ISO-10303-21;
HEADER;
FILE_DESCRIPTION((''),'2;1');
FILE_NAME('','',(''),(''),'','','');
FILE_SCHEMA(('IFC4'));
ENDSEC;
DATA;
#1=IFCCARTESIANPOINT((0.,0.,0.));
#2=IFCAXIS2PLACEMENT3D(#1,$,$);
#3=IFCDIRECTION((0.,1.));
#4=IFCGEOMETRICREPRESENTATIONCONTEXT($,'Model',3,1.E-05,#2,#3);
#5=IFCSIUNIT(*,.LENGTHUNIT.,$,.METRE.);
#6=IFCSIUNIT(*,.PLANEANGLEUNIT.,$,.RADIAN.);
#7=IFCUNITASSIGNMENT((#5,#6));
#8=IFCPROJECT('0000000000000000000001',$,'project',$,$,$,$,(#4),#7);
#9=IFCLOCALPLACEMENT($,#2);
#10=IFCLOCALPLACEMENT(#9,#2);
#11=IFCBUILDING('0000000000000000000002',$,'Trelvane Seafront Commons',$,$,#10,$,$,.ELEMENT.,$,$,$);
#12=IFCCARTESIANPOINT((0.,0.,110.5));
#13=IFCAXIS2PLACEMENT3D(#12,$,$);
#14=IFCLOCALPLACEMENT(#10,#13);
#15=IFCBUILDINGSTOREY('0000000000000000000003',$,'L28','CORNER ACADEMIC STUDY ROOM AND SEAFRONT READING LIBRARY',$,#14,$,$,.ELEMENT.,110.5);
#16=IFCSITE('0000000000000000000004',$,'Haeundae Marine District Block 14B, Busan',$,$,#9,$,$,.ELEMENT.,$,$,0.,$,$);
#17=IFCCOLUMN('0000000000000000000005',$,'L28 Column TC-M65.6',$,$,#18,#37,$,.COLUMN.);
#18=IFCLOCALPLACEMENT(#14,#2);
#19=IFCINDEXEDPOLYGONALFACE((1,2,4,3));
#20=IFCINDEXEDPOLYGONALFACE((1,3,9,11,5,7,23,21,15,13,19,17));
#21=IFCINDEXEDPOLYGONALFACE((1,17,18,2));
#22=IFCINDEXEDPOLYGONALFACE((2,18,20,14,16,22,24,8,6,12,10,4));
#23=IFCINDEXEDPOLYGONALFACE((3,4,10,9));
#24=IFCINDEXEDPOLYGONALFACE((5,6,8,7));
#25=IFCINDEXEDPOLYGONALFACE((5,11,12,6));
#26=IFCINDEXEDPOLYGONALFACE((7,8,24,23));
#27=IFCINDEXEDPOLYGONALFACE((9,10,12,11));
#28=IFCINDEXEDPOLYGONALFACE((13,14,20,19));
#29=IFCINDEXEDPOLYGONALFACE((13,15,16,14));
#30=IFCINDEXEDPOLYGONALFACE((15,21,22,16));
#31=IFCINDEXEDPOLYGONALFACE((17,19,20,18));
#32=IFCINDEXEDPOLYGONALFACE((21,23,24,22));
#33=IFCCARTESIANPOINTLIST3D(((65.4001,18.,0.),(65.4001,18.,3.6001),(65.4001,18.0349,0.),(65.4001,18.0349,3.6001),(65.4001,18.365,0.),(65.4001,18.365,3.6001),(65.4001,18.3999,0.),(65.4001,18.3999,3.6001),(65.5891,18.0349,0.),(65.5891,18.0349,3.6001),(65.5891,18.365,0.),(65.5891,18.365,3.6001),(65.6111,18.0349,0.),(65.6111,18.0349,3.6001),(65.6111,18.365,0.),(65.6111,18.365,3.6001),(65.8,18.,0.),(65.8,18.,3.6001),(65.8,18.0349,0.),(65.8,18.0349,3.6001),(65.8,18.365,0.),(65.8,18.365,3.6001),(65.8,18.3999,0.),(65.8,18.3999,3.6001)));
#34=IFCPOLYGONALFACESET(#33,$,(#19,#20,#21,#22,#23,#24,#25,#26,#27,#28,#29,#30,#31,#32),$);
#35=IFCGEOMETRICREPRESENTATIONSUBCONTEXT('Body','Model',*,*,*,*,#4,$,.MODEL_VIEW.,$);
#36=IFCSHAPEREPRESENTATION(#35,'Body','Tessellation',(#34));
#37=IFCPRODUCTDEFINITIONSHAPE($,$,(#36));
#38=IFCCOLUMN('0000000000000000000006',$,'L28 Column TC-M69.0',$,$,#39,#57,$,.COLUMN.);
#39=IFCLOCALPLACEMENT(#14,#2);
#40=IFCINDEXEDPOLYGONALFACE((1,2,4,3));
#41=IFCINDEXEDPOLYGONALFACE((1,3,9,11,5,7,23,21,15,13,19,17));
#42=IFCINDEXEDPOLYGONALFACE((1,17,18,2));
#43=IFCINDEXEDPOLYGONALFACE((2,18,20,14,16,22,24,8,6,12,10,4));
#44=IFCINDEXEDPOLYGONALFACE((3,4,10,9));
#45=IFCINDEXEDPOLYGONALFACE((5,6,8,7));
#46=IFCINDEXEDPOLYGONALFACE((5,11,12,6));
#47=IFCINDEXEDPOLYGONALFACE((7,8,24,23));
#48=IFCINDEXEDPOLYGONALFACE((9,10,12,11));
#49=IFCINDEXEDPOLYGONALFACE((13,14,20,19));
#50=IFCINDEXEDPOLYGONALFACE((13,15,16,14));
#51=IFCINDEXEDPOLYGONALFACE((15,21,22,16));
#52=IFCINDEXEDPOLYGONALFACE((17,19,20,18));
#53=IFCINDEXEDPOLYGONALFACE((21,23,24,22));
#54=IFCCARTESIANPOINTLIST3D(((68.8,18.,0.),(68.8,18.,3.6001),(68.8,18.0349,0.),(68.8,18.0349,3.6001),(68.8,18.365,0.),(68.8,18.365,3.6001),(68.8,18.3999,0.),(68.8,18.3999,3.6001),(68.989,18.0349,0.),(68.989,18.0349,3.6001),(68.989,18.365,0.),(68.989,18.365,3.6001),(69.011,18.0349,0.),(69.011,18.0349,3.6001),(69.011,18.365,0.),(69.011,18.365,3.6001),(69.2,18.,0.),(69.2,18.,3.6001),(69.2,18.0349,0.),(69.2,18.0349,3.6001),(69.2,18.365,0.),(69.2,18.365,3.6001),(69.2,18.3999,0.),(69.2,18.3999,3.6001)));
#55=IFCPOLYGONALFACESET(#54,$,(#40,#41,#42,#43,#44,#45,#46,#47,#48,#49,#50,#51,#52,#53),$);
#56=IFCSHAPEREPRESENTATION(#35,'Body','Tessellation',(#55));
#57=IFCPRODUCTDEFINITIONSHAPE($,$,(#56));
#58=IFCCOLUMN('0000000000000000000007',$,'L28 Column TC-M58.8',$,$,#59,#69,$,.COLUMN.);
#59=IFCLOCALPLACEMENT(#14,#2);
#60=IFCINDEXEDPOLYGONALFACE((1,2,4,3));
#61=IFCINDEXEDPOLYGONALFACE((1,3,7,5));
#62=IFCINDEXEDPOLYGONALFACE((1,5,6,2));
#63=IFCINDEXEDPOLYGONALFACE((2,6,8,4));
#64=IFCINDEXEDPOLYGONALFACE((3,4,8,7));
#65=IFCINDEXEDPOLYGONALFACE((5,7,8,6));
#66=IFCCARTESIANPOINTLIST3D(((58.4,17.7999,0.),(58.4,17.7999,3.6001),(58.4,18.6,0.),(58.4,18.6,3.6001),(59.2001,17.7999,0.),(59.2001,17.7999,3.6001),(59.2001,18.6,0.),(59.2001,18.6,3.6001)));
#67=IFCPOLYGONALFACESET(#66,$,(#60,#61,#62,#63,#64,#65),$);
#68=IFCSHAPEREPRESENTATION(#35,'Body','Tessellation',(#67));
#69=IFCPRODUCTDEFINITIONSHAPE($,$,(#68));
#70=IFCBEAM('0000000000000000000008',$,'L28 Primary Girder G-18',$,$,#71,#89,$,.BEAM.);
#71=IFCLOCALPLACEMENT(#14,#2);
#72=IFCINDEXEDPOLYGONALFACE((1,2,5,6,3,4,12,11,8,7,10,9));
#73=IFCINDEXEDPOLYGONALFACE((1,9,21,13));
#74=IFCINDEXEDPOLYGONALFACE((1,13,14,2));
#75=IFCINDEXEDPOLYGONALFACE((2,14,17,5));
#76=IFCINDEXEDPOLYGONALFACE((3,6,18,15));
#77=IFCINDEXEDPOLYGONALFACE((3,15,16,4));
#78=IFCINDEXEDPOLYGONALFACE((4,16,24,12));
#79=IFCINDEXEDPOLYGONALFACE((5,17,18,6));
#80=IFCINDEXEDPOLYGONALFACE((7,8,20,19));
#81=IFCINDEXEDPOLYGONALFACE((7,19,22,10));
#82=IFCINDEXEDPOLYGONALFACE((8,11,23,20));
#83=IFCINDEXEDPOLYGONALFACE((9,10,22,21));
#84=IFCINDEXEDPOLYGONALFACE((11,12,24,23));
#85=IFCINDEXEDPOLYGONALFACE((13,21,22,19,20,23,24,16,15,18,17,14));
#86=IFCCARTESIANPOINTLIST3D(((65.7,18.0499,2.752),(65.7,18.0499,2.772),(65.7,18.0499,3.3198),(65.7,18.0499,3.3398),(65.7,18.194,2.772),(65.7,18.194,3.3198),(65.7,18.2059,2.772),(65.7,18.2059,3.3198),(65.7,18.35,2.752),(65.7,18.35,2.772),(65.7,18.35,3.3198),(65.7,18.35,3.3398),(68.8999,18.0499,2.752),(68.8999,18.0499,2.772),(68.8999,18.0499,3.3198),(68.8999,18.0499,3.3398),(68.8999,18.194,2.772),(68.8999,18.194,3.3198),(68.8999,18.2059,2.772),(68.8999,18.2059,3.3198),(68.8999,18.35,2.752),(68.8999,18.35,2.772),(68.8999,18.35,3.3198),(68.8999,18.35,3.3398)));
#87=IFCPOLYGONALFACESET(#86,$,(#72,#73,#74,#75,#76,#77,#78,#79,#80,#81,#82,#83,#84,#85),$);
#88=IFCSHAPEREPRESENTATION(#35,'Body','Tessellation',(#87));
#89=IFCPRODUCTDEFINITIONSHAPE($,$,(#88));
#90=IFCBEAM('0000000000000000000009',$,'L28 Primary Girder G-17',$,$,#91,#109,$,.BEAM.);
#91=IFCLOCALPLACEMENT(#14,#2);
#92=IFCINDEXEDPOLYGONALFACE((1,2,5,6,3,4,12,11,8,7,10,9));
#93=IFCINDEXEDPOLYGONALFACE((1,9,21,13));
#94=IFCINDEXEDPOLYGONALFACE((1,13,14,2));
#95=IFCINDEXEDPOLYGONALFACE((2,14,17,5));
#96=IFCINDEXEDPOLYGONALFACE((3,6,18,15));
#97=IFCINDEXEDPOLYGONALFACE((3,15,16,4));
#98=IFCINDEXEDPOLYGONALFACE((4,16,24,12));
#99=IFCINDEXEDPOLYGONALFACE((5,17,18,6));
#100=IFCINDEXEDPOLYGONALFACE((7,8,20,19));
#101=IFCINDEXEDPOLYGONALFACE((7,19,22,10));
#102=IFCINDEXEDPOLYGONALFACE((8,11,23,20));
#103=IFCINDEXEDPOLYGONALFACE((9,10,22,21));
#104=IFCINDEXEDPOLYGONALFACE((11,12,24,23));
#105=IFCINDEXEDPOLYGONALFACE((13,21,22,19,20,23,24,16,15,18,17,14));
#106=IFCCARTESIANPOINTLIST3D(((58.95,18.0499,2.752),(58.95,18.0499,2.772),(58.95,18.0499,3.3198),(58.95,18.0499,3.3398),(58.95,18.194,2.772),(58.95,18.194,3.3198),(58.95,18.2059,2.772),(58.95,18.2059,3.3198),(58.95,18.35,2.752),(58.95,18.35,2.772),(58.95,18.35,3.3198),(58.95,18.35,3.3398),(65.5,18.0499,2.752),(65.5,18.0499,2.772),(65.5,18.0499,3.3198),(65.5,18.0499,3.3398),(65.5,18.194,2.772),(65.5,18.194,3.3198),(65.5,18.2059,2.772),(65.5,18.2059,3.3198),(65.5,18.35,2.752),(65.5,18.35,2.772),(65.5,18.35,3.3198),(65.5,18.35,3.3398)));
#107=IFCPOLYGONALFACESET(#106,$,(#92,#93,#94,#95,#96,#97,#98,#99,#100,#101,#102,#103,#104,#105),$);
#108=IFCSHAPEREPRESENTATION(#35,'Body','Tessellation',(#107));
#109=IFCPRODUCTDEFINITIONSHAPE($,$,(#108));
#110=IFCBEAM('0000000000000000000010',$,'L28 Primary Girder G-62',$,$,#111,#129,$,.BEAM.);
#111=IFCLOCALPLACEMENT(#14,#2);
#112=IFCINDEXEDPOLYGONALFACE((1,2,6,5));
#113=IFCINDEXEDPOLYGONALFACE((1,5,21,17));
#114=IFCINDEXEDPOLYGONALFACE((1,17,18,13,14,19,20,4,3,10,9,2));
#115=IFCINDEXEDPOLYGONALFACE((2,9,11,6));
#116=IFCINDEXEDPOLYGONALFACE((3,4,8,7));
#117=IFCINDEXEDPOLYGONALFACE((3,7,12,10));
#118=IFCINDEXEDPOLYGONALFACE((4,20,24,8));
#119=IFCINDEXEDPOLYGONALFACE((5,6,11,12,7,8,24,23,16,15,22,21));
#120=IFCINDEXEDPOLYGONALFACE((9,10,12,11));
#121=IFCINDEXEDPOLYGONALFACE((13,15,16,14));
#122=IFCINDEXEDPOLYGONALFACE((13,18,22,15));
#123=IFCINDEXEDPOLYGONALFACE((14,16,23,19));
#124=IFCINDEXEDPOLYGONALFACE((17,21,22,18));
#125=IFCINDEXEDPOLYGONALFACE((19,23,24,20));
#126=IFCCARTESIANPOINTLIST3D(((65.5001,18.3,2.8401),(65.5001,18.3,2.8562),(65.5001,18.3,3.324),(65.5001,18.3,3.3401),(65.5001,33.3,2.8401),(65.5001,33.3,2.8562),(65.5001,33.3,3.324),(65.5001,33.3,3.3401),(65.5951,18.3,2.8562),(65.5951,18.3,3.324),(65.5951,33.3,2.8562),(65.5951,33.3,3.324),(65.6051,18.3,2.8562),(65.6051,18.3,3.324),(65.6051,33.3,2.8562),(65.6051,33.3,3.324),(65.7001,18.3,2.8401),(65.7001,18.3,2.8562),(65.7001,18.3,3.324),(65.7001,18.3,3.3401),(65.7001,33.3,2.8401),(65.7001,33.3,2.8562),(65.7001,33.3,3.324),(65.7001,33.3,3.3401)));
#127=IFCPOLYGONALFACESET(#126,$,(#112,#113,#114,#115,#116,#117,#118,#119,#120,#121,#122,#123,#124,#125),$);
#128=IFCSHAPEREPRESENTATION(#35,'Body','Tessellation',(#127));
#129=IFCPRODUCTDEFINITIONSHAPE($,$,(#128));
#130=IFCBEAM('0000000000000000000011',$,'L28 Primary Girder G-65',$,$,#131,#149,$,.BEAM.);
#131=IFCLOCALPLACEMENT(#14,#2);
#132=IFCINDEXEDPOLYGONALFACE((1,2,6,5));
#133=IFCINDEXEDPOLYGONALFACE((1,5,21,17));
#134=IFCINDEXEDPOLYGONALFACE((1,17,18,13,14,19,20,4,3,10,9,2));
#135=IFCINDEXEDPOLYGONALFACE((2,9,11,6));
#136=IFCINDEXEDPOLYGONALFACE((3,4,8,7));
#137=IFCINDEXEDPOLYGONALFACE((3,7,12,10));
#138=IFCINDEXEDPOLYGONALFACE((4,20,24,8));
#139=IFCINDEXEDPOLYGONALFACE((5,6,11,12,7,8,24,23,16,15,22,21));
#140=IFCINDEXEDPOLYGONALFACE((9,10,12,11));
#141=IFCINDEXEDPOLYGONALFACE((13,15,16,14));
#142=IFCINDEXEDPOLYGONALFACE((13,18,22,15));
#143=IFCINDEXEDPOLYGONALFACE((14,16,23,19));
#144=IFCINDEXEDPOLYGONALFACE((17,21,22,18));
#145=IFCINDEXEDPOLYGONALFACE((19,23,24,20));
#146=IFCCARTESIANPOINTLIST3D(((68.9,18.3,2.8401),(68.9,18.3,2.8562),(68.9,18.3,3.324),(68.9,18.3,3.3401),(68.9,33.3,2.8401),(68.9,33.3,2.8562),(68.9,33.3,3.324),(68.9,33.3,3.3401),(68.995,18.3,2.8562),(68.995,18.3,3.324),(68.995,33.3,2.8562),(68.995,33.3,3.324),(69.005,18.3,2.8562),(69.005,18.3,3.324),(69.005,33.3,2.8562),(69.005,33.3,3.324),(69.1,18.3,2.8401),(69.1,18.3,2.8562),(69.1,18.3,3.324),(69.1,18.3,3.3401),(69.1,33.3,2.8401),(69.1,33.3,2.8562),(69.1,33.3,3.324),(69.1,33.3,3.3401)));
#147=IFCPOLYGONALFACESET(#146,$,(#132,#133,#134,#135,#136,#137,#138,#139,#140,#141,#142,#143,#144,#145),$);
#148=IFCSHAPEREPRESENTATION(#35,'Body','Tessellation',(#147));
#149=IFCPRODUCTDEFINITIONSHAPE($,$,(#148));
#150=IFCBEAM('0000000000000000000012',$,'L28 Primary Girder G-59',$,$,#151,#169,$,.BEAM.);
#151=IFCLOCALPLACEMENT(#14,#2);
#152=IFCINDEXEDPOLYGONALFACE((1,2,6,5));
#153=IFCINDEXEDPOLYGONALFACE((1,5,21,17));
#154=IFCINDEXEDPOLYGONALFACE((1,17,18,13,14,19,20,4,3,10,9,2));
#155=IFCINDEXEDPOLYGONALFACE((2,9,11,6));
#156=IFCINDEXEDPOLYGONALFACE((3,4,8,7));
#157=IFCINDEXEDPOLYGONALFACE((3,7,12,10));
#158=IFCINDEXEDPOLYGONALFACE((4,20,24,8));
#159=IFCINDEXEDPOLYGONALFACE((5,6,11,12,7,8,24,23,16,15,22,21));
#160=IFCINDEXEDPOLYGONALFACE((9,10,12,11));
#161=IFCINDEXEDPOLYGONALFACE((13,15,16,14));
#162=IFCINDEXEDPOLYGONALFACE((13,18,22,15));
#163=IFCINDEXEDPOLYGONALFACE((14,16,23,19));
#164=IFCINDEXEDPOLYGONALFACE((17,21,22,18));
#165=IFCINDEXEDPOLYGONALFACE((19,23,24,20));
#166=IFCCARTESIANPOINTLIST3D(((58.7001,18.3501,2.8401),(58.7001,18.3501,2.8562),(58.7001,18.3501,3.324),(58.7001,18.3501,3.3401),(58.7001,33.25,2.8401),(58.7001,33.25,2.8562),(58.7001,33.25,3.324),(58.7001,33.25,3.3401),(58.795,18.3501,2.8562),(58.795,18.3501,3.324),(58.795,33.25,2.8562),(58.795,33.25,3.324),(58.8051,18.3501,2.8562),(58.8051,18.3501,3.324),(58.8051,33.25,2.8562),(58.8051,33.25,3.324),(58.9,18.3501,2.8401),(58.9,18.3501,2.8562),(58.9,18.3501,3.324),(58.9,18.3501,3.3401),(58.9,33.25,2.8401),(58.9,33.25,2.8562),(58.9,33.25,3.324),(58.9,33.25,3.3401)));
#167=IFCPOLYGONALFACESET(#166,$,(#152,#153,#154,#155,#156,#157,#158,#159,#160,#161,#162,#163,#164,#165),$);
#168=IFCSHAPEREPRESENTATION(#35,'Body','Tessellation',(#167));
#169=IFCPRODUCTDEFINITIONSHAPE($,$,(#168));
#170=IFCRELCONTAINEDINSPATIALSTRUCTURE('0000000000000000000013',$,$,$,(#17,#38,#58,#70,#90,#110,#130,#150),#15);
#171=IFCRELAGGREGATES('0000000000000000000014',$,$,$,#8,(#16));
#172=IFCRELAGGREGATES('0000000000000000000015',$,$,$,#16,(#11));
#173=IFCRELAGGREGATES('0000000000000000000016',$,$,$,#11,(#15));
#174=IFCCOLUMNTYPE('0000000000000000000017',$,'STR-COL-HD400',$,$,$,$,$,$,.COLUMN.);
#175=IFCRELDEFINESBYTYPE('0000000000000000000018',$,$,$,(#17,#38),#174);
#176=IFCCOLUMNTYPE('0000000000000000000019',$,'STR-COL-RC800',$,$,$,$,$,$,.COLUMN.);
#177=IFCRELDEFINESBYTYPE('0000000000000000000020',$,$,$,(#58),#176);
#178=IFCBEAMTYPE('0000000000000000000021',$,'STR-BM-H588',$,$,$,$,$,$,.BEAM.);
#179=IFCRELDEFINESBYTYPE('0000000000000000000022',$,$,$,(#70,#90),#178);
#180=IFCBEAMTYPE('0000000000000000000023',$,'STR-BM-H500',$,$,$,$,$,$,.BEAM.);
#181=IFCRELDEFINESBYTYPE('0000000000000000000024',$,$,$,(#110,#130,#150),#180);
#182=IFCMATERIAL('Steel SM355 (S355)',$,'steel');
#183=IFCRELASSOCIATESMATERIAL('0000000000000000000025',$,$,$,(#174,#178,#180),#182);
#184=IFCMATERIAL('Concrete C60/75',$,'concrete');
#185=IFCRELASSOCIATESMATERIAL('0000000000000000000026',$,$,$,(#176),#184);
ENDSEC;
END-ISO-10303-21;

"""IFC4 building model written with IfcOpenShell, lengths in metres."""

from ifc_helpers import new_model, si_unit, direction, frame, origin, origin_2d, place, context, subcontext, project, spatial, rectangle, i_section, extrude, source, transform, mapped, material, material_profile, profile_set, type_object, element, save


model = new_model("IFC4")

# Units and contexts
model_context = context("Model", 3, precision=1e-05, world=origin(), true_north=direction((0.0, 1.0)))
body_context = subcontext(model_context, "Body", "Model", "MODEL_VIEW")
ifc_project = project(units=[si_unit("LENGTHUNIT", "METRE"), si_unit("PLANEANGLEUNIT", "RADIAN")], contexts=[model_context])

# Site, building, storey
site_placement = place(None, origin())
site = spatial("IfcSite", under=ifc_project, at=site_placement, Name="Haeundae Marine District Block 14B, Busan", CompositionType="ELEMENT", RefElevation=0.0)
building_placement = place(site_placement, origin())
building = spatial("IfcBuilding", under=site, at=building_placement, Name="Trelvane Seafront Commons", CompositionType="ELEMENT")
storey_placement = place(building_placement, frame((0.0, 0.0, 110.5)))
storey = spatial("IfcBuildingStorey", under=building, at=storey_placement, Name="L28", Description="CORNER ACADEMIC STUDY ROOM AND SEAFRONT READING LIBRARY", CompositionType="ELEMENT", Elevation=110.5)

# Columns
ifc_material_1 = material(Name="Steel SM355 (S355)", Category="steel")
ifc_material_profile_1 = material_profile(ifc_material_1, i_section(OverallWidth=0.3999, OverallDepth=0.3999, WebThickness=0.022, FlangeThickness=0.0349, at=origin_2d()), Name="HD-400x400x22x35")
ifc_profile_set_1 = profile_set([ifc_material_profile_1], Name="Steel SM355 (S355)")
column_type_1 = type_object("IfcColumnType", Name="STR-COL-HD400", PredefinedType="COLUMN", material=ifc_profile_set_1)
shared_shape_1 = source(origin(), body_context, "Body", "SweptSolid", [
    extrude(i_section(OverallWidth=0.3999, OverallDepth=0.3999, WebThickness=0.022, FlangeThickness=0.0349, at=origin_2d()), origin(), (0.0, 0.0, 1.0), 3.6001),
])
for number, where, z_axis, x_axis, name in (
    (1, (65.6001, 18.2, 0.0), (0.0, 0.0, 1.0), (1.0, 0.0, 0.0), "L28 Column TC-M65.6"),
    (2, (69.0, 18.2, 0.0), (0.0, 0.0, 1.0), (1.0, 0.0, 0.0), "L28 Column TC-M69.0"),
):
    element("IfcColumn", number, at=place(storey_placement, frame(where, z_axis=z_axis, x_axis=x_axis)), inside=storey, type_object=column_type_1, Name=name, PredefinedType="COLUMN", context=body_context, shape_type="MappedRepresentation", body=[
        mapped(shared_shape_1, transform((0.0, 0.0, 0.0), x_axis=(1.0, 0.0, 0.0), y_axis=(0.0, 1.0, 0.0), z_axis=(0.0, 0.0, 1.0), scale=1.0)),
    ])
ifc_material_2 = material(Name="Concrete C60/75", Category="concrete")
ifc_material_profile_2 = material_profile(ifc_material_2, rectangle(XDim=0.8, YDim=0.8, at=origin_2d()), Name="RC-800x800")
ifc_profile_set_2 = profile_set([ifc_material_profile_2], Name="Concrete C60/75")
column_type_2 = type_object("IfcColumnType", Name="STR-COL-RC800", PredefinedType="COLUMN", material=ifc_profile_set_2)
shared_shape_2 = source(origin(), body_context, "Body", "SweptSolid", [
    extrude(rectangle(XDim=0.8, YDim=0.8, at=origin_2d()), origin(), (0.0, 0.0, 1.0), 3.6001),
])
column_placement = place(storey_placement, frame((58.8, 18.2, 0.0), z_axis=(0.0, 0.0, 1.0), x_axis=(1.0, 0.0, 0.0)))
element("IfcColumn", 3, at=column_placement, inside=storey, type_object=column_type_2, Name="L28 Column TC-M58.8", PredefinedType="COLUMN", context=body_context, shape_type="MappedRepresentation", body=[
    mapped(shared_shape_2, transform((0.0, 0.0, 0.0), x_axis=(1.0, 0.0, 0.0), y_axis=(0.0, 1.0, 0.0), z_axis=(0.0, 0.0, 1.0), scale=1.0)),
])

# Beams
ifc_material_profile_3 = material_profile(ifc_material_1, i_section(OverallWidth=0.3, OverallDepth=0.5879, WebThickness=0.012, FlangeThickness=0.02, at=origin_2d()), Name="H-588x300x12x20")
ifc_profile_set_3 = profile_set([ifc_material_profile_3], Name="Steel SM355 (S355)")
beam_type_1 = type_object("IfcBeamType", Name="STR-BM-H588", PredefinedType="BEAM", material=ifc_profile_set_3)
shared_shape_3 = source(origin(), body_context, "Body", "SweptSolid", [
    extrude(i_section(OverallWidth=0.3, OverallDepth=0.5879, WebThickness=0.012, FlangeThickness=0.02, at=origin_2d()), origin(), (0.0, 0.0, 1.0), 3.2),
])
beam_1_placement = place(storey_placement, frame((65.7, 18.2, 3.0459), z_axis=(1.0, 0.0, 0.0), x_axis=(0.0, 1.0, 0.0)))
element("IfcBeam", 4, at=beam_1_placement, inside=storey, type_object=beam_type_1, Name="L28 Primary Girder G-18", PredefinedType="BEAM", context=body_context, shape_type="MappedRepresentation", body=[
    mapped(shared_shape_3, transform((0.0, 0.0, 0.0), x_axis=(1.0, 0.0, 0.0), y_axis=(0.0, 1.0, 0.0), z_axis=(0.0, 0.0, 1.0), scale=1.0)),
])
shared_shape_4 = source(origin(), body_context, "Body", "SweptSolid", [
    extrude(i_section(OverallWidth=0.3, OverallDepth=0.5879, WebThickness=0.012, FlangeThickness=0.02, at=origin_2d()), origin(), (0.0, 0.0, 1.0), 6.55),
])
beam_2_placement = place(storey_placement, frame((58.95, 18.2, 3.0459), z_axis=(1.0, 0.0, 0.0), x_axis=(0.0, 1.0, 0.0)))
element("IfcBeam", 5, at=beam_2_placement, inside=storey, type_object=beam_type_1, Name="L28 Primary Girder G-17", PredefinedType="BEAM", context=body_context, shape_type="MappedRepresentation", body=[
    mapped(shared_shape_4, transform((0.0, 0.0, 0.0), x_axis=(1.0, 0.0, 0.0), y_axis=(0.0, 1.0, 0.0), z_axis=(0.0, 0.0, 1.0), scale=1.0)),
])
ifc_material_profile_4 = material_profile(ifc_material_1, i_section(OverallWidth=0.2, OverallDepth=0.5, WebThickness=0.01, FlangeThickness=0.0161, at=origin_2d()), Name="H-500x200x10x16")
ifc_profile_set_4 = profile_set([ifc_material_profile_4], Name="Steel SM355 (S355)")
beam_type_2 = type_object("IfcBeamType", Name="STR-BM-H500", PredefinedType="BEAM", material=ifc_profile_set_4)
shared_shape_5 = source(origin(), body_context, "Body", "SweptSolid", [
    extrude(i_section(OverallWidth=0.2, OverallDepth=0.5, WebThickness=0.01, FlangeThickness=0.0161, at=origin_2d()), origin(), (0.0, 0.0, 1.0), 15.0),
])
for number, where, z_axis, x_axis, name in (
    (6, (65.6001, 18.3, 3.0901), (0.0, 1.0, 0.0), (-1.0, 0.0, 0.0), "L28 Primary Girder G-62"),
    (7, (69.0, 18.3, 3.0901), (0.0, 1.0, 0.0), (-1.0, 0.0, 0.0), "L28 Primary Girder G-65"),
):
    element("IfcBeam", number, at=place(storey_placement, frame(where, z_axis=z_axis, x_axis=x_axis)), inside=storey, type_object=beam_type_2, Name=name, PredefinedType="BEAM", context=body_context, shape_type="MappedRepresentation", body=[
        mapped(shared_shape_5, transform((0.0, 0.0, 0.0), x_axis=(1.0, 0.0, 0.0), y_axis=(0.0, 1.0, 0.0), z_axis=(0.0, 0.0, 1.0), scale=1.0)),
    ])
shared_shape_6 = source(origin(), body_context, "Body", "SweptSolid", [
    extrude(i_section(OverallWidth=0.2, OverallDepth=0.5, WebThickness=0.01, FlangeThickness=0.0161, at=origin_2d()), origin(), (0.0, 0.0, 1.0), 14.8999),
])
beam_3_placement = place(storey_placement, frame((58.8, 18.3501, 3.0901), z_axis=(0.0, 1.0, 0.0), x_axis=(-1.0, 0.0, 0.0)))
element("IfcBeam", 8, at=beam_3_placement, inside=storey, type_object=beam_type_2, Name="L28 Primary Girder G-59", PredefinedType="BEAM", context=body_context, shape_type="MappedRepresentation", body=[
    mapped(shared_shape_6, transform((0.0, 0.0, 0.0), x_axis=(1.0, 0.0, 0.0), y_axis=(0.0, 1.0, 0.0), z_axis=(0.0, 0.0, 1.0), scale=1.0)),
])

save(model, "model.ifc")
